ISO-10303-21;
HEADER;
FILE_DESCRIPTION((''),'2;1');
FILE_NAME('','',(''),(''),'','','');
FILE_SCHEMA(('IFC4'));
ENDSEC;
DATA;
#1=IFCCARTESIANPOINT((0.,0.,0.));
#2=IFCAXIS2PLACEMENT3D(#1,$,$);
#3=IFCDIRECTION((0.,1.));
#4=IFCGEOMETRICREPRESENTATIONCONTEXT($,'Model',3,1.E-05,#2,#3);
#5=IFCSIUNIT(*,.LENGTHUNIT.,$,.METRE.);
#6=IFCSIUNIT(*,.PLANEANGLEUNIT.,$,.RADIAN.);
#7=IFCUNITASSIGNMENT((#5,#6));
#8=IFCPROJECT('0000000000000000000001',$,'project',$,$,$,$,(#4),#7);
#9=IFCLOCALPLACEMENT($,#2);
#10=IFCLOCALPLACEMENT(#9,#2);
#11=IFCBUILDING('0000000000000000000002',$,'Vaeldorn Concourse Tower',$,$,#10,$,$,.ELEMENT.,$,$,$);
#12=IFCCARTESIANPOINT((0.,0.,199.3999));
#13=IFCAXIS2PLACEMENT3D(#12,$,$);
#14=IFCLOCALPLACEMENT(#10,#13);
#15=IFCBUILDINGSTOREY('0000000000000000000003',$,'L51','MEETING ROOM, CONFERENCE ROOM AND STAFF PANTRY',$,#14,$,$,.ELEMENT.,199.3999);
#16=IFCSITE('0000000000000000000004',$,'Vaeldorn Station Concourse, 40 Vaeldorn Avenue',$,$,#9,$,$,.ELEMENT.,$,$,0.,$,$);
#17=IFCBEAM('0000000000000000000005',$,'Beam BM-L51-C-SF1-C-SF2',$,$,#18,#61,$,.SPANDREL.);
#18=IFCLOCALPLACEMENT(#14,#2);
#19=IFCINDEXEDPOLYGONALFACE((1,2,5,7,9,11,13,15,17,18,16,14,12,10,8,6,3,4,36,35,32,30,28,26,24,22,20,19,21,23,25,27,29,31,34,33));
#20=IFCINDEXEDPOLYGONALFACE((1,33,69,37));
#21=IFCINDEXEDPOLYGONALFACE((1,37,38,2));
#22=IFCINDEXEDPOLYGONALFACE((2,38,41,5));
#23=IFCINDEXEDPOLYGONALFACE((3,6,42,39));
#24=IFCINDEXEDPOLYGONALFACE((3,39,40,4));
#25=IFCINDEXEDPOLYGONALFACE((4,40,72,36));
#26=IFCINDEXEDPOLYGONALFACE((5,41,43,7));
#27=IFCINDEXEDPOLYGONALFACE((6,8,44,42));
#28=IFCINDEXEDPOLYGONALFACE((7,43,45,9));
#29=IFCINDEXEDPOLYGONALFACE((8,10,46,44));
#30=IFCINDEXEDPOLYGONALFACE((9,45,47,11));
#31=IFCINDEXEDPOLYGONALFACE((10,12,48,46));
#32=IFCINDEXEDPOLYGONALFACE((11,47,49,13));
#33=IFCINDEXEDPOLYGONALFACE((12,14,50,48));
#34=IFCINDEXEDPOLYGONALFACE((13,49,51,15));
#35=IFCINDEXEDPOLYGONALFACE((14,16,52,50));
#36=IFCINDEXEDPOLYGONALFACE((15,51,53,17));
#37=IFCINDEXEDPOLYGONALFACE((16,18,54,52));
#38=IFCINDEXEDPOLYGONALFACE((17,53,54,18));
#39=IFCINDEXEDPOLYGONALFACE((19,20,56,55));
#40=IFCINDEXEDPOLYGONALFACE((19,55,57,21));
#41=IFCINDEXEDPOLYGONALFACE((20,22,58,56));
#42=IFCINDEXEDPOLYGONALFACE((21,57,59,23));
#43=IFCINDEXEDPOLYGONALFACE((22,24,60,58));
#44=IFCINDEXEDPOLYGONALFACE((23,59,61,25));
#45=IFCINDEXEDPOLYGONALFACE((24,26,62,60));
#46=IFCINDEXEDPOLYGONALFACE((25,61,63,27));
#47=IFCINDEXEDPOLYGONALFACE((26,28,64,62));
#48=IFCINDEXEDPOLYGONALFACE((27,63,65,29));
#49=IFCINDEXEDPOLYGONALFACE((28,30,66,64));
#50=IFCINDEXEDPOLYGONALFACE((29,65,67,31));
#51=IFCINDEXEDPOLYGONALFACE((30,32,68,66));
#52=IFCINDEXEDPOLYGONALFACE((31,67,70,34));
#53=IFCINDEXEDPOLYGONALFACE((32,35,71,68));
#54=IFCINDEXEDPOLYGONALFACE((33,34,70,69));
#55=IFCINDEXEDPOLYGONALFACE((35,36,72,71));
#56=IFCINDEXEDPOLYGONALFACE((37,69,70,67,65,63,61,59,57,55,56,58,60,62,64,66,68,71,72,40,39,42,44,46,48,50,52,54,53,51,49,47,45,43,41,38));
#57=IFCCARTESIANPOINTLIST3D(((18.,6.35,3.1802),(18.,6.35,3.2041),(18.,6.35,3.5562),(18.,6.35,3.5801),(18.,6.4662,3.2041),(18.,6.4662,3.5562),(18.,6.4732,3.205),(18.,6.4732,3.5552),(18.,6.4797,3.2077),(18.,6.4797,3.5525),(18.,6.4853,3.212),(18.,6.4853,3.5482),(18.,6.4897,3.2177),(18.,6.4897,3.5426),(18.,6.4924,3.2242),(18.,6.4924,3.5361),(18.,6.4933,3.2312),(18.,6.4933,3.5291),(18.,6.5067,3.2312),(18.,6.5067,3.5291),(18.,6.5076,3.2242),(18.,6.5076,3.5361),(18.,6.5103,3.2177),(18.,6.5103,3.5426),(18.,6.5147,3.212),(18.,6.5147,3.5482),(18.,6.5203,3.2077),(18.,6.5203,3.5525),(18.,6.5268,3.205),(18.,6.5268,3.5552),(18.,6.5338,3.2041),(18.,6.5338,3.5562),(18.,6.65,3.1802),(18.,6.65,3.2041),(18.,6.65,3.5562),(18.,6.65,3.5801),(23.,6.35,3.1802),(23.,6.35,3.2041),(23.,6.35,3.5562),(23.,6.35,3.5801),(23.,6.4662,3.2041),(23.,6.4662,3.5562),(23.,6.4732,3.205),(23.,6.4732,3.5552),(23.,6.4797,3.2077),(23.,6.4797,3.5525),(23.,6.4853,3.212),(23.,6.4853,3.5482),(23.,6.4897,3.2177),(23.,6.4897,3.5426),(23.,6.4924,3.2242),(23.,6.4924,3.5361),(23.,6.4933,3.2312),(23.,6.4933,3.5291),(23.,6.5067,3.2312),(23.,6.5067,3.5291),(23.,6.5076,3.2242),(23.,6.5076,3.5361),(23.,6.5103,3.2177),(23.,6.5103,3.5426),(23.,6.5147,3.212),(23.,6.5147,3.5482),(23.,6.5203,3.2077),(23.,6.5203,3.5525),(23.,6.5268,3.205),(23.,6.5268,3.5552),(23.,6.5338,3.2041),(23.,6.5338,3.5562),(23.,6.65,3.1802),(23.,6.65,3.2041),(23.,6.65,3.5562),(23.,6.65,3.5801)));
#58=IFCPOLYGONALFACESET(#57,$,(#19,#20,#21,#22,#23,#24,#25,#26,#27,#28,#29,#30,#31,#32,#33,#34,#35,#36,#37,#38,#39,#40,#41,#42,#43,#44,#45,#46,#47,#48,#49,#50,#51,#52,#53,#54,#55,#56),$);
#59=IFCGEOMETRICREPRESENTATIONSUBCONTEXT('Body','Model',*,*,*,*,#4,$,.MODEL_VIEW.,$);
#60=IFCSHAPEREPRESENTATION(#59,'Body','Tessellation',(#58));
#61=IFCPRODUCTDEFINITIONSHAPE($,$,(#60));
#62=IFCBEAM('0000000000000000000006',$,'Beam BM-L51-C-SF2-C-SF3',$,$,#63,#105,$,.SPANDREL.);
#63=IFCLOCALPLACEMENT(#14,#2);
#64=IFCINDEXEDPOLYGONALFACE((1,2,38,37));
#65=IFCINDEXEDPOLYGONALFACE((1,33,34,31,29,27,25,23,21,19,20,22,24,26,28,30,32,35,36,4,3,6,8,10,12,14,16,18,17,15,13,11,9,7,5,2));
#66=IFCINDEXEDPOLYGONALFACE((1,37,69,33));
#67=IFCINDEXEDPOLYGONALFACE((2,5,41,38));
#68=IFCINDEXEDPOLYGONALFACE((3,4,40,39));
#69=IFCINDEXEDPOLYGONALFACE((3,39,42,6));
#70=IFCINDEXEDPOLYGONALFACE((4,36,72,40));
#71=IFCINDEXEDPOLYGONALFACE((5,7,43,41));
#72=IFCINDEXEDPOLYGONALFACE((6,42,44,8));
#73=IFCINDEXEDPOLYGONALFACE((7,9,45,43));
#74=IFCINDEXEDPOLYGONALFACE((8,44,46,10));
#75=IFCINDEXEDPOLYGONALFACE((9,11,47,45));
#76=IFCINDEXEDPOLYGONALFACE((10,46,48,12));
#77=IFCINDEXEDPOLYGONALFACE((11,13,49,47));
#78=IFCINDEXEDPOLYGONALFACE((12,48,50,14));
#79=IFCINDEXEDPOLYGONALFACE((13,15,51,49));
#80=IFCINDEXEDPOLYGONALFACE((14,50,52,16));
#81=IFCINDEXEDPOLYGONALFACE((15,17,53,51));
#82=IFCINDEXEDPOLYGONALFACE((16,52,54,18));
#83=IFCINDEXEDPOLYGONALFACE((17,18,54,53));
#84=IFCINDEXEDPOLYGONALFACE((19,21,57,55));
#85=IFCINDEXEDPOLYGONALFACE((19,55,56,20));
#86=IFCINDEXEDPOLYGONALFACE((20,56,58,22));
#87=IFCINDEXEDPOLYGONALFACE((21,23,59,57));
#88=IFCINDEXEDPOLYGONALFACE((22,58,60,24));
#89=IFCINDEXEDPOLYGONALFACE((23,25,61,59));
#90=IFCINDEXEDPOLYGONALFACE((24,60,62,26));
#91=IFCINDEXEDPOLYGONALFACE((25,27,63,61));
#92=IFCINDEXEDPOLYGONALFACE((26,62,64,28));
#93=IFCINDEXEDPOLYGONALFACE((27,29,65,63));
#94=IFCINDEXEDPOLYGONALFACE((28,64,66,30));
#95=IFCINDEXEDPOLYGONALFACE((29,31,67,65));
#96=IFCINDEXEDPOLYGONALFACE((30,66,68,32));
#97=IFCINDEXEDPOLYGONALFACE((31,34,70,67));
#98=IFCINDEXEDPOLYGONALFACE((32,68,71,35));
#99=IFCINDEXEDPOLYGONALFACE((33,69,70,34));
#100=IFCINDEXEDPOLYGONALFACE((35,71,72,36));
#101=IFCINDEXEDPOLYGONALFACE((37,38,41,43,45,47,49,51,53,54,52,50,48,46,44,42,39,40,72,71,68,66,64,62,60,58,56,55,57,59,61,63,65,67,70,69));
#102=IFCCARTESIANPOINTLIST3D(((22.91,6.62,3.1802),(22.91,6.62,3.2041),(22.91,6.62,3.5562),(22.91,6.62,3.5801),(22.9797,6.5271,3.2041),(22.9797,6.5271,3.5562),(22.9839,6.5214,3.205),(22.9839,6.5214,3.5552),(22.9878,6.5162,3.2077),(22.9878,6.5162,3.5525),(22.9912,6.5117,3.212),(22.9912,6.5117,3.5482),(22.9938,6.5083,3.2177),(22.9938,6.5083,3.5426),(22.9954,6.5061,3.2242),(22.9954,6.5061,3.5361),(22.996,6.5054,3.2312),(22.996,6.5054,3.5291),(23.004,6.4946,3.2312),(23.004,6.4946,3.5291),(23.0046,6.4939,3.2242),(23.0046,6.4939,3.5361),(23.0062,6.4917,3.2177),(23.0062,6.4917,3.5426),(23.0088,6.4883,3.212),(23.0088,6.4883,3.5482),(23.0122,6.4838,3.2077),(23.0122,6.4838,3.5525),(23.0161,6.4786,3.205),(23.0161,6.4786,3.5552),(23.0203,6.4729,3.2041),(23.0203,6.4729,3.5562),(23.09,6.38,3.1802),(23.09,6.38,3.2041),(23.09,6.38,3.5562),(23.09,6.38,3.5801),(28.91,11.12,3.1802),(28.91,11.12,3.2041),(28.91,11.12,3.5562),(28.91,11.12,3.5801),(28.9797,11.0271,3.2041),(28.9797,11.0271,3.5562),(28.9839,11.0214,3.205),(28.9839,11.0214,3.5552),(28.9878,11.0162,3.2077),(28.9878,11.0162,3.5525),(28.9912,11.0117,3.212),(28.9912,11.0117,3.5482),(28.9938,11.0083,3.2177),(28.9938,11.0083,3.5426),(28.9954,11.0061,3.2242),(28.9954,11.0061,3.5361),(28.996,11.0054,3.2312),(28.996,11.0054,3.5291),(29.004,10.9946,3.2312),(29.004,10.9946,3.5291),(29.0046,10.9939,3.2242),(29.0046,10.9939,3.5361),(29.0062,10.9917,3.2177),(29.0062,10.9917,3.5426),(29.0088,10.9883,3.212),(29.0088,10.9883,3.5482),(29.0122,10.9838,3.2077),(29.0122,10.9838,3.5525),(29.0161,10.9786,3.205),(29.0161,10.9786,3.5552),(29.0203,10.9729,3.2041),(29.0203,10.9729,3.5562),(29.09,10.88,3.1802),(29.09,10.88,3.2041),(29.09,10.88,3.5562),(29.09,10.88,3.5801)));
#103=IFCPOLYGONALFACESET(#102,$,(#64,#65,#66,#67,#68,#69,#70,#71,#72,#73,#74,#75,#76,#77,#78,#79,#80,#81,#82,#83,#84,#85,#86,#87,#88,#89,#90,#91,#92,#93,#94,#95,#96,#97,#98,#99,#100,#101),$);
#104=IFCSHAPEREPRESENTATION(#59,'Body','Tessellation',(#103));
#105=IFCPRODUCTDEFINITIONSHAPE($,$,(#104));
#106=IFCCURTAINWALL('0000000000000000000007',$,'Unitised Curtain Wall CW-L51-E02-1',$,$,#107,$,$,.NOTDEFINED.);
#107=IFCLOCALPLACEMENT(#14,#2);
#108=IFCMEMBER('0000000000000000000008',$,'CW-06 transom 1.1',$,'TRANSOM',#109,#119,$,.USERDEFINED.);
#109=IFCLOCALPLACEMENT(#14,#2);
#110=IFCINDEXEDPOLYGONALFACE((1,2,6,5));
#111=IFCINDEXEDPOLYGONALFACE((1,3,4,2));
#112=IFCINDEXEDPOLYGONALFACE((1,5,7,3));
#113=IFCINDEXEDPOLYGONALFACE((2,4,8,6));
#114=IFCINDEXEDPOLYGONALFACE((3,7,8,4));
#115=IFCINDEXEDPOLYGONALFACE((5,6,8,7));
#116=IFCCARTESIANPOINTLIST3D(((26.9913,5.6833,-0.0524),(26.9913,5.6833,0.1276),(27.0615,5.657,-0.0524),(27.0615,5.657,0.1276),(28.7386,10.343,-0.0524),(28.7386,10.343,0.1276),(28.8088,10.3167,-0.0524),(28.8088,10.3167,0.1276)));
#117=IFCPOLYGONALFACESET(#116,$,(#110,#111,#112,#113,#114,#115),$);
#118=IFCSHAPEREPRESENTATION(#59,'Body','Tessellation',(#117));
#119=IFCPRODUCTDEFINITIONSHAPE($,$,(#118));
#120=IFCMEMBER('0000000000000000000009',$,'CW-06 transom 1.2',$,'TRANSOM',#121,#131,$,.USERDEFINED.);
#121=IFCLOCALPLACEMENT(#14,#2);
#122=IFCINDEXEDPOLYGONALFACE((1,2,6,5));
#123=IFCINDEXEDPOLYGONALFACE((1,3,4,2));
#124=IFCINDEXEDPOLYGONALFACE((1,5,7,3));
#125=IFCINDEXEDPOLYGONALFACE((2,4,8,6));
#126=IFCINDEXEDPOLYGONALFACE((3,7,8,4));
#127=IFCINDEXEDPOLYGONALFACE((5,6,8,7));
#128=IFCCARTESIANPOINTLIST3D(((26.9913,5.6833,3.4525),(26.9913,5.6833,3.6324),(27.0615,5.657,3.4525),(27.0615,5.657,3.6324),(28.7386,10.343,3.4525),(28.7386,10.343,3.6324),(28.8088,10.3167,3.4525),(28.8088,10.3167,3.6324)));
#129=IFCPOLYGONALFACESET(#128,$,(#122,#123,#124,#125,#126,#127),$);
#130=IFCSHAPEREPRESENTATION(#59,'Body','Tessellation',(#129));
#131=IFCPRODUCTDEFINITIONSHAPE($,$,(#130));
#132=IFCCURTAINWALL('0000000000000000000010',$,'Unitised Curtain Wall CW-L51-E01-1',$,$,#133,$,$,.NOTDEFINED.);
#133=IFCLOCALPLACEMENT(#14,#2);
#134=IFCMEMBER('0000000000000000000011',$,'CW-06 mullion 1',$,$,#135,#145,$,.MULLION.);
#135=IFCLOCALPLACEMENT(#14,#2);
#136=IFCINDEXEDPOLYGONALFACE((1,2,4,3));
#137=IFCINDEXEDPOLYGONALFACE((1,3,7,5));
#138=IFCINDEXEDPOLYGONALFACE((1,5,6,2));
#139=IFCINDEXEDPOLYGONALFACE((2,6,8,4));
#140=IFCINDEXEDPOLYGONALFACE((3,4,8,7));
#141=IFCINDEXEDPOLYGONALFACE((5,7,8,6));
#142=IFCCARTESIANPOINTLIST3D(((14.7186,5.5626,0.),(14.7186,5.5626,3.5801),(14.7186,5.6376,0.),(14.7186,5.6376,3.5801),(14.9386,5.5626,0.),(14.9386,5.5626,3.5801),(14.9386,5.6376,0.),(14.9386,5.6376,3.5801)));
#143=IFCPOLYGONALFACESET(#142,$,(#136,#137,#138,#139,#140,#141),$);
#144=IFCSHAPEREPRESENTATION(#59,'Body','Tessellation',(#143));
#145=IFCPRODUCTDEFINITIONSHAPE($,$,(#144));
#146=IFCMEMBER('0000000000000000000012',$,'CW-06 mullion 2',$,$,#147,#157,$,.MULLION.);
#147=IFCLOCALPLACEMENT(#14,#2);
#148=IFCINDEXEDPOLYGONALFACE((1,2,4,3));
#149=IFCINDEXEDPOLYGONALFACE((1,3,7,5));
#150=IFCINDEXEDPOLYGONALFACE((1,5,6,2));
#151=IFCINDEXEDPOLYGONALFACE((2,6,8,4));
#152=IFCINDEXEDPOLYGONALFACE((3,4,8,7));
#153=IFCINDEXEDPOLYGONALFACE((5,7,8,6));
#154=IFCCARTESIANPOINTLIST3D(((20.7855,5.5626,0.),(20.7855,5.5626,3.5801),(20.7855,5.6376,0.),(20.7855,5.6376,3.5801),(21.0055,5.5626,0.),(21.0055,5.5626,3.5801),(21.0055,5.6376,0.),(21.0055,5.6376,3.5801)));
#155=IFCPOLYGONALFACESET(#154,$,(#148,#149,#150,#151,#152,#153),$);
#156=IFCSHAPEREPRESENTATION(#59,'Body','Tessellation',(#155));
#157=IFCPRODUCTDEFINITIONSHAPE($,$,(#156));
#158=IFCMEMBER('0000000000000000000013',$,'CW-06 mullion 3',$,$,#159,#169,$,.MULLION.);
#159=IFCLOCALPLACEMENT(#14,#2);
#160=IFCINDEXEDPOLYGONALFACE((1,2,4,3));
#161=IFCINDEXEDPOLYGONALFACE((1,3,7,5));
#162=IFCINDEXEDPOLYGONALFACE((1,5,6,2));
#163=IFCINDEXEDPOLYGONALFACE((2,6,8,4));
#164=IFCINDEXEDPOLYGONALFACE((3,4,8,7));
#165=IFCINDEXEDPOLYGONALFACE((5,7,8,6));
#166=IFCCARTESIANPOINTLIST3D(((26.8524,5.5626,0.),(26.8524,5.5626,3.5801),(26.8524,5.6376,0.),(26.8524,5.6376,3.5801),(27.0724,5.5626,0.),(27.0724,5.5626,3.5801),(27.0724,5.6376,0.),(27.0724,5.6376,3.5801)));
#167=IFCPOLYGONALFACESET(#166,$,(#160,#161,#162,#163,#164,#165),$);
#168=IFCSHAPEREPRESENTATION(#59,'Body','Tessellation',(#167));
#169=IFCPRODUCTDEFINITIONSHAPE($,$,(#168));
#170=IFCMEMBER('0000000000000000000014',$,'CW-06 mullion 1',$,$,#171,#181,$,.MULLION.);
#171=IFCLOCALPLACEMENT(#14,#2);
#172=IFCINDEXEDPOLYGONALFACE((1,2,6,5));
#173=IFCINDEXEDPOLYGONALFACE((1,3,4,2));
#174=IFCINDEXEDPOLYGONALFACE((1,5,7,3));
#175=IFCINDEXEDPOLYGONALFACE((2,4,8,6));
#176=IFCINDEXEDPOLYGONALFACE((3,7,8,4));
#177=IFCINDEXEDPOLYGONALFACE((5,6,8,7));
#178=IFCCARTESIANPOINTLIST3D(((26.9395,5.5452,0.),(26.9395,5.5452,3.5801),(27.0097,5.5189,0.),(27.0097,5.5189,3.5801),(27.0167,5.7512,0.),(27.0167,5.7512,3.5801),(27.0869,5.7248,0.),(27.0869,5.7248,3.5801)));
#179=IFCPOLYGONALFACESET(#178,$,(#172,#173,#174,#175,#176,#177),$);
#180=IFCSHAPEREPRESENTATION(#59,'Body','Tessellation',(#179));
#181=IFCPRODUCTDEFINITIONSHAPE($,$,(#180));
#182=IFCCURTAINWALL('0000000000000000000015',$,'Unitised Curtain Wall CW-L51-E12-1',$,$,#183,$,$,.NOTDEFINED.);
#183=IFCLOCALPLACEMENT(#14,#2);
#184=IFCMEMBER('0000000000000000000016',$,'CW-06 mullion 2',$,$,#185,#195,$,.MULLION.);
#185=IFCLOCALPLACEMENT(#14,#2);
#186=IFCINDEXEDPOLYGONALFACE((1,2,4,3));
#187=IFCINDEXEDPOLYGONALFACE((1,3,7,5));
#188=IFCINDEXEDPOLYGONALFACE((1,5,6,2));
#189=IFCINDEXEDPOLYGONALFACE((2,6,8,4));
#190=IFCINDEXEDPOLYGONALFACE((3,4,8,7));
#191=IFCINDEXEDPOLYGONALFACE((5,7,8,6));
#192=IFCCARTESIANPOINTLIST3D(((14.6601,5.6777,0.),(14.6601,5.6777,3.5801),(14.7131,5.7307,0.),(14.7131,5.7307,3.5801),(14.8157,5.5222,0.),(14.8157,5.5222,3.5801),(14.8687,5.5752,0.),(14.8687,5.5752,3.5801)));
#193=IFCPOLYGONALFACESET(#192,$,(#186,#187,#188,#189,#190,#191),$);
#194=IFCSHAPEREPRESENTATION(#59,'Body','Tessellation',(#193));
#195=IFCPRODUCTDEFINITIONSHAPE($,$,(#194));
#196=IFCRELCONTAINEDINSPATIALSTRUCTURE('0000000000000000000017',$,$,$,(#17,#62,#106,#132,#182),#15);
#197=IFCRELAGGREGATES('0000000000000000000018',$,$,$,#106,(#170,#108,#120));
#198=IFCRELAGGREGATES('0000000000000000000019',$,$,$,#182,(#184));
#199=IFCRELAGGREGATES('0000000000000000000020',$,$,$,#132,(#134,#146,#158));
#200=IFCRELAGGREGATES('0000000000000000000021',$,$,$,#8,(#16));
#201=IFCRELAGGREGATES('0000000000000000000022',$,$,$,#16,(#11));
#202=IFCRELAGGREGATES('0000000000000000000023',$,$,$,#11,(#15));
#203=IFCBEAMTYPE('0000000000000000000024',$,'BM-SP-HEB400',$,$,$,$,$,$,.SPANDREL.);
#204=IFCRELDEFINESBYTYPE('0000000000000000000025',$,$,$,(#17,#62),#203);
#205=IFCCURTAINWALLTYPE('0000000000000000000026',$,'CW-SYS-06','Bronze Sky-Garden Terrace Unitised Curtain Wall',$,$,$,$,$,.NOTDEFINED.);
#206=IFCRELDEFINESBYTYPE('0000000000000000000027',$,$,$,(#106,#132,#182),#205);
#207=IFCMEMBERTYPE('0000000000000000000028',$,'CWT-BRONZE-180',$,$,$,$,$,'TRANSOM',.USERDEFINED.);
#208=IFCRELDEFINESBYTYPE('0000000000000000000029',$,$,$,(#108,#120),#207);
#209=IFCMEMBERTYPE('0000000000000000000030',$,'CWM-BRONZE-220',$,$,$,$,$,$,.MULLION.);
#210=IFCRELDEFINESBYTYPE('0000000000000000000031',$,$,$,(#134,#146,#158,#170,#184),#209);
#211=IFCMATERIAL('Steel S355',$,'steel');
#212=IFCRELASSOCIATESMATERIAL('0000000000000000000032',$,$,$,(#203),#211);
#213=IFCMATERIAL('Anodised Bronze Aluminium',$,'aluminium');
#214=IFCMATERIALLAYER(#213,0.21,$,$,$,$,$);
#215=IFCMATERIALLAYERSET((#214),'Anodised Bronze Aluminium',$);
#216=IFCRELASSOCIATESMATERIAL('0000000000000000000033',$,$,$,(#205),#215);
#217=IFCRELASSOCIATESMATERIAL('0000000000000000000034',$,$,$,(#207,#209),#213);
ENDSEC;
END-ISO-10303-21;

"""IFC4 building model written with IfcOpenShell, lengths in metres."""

from ifc_helpers import new_model, si_unit, direction, frame, origin, origin_2d, place, context, subcontext, project, spatial, rectangle, i_section, extrude, source, transform, mapped, material, layer, layer_set, material_profile, profile_set, type_object, element, aggregate, save


model = new_model("IFC4")

# Units and contexts
model_context = context("Model", 3, precision=1e-05, world=origin(), true_north=direction((0.0, 1.0)))
body_context = subcontext(model_context, "Body", "Model", "MODEL_VIEW")
ifc_project = project(units=[si_unit("LENGTHUNIT", "METRE"), si_unit("PLANEANGLEUNIT", "RADIAN")], contexts=[model_context])

# Site, building, storey
site_placement = place(None, origin())
site = spatial("IfcSite", under=ifc_project, at=site_placement, Name="Vaeldorn Station Concourse, 40 Vaeldorn Avenue", CompositionType="ELEMENT", RefElevation=0.0)
building_placement = place(site_placement, origin())
building = spatial("IfcBuilding", under=site, at=building_placement, Name="Vaeldorn Concourse Tower", CompositionType="ELEMENT")
storey_placement = place(building_placement, frame((0.0, 0.0, 199.3999)))
storey = spatial("IfcBuildingStorey", under=building, at=storey_placement, Name="L51", Description="MEETING ROOM, CONFERENCE ROOM AND STAFF PANTRY", CompositionType="ELEMENT", Elevation=199.3999)

# Shared definitions
ifc_material_1 = material(Name="Steel S355", Category="steel")

# Beams
ifc_material_profile_1 = material_profile(ifc_material_1, i_section(OverallWidth=0.3, OverallDepth=0.3999, WebThickness=0.0134, FlangeThickness=0.0239, FilletRadius=0.0271, at=origin_2d()), Name="HEB 400")
ifc_profile_set_1 = profile_set([ifc_material_profile_1], Name="Steel S355")
beam_type_1 = type_object("IfcBeamType", Name="BM-SP-HEB400", PredefinedType="SPANDREL", material=ifc_profile_set_1)
shared_shape_1 = source(origin(), body_context, "Body", "SweptSolid", [
    extrude(i_section(OverallWidth=0.3, OverallDepth=0.3999, WebThickness=0.0134, FlangeThickness=0.0239, FilletRadius=0.0271, at=origin_2d()), origin(), (0.0, 0.0, 1.0), 5.0),
])
beam_1_placement = place(storey_placement, frame((18.0, 6.5, 3.3801), z_axis=(1.0, 0.0, 0.0), x_axis=(0.0, 1.0, 0.0)))
element("IfcBeam", 1, at=beam_1_placement, inside=storey, type_object=beam_type_1, Name="Beam BM-L51-C-SF1-C-SF2", PredefinedType="SPANDREL", context=body_context, shape_type="MappedRepresentation", body=[
    mapped(shared_shape_1, transform((0.0, 0.0, 0.0), scale=1.0)),
])
shared_shape_2 = source(origin(), body_context, "Body", "SweptSolid", [
    extrude(i_section(OverallWidth=0.3, OverallDepth=0.3999, WebThickness=0.0134, FlangeThickness=0.0239, FilletRadius=0.0271, at=origin_2d()), origin(), (0.0, 0.0, 1.0), 7.5),
])
beam_2_placement = place(storey_placement, frame((23.0, 6.5, 3.3801), z_axis=(0.8, 0.6, 0.0), x_axis=(-0.6, 0.8, 0.0)))
element("IfcBeam", 2, at=beam_2_placement, inside=storey, type_object=beam_type_1, Name="Beam BM-L51-C-SF2-C-SF3", PredefinedType="SPANDREL", context=body_context, shape_type="MappedRepresentation", body=[
    mapped(shared_shape_2, transform((0.0, 0.0, 0.0), scale=1.0)),
])

# Curtain walls, members
ifc_material_2 = material(Name="Anodised Bronze Aluminium", Category="aluminium")
ifc_layer_1 = layer(ifc_material_2, 0.21)
ifc_layer_set_1 = layer_set([ifc_layer_1], Name="Anodised Bronze Aluminium")
curtain_wall_type = type_object("IfcCurtainWallType", Name="CW-SYS-06", Description="Bronze Sky-Garden Terrace Unitised Curtain Wall", PredefinedType="NOTDEFINED", material=ifc_layer_set_1)
curtain_wall_1_placement = place(storey_placement, origin())
curtain_wall_1 = element("IfcCurtainWall", 3, at=curtain_wall_1_placement, inside=storey, type_object=curtain_wall_type, Name="Unitised Curtain Wall CW-L51-E02-1", PredefinedType="NOTDEFINED")
ifc_material_profile_2 = material_profile(ifc_material_2, rectangle(XDim=0.075, YDim=0.1799, at=origin_2d()), Name="CWT 75x180")
ifc_profile_set_2 = profile_set([ifc_material_profile_2], Name="Anodised Bronze Aluminium")
member_type_1 = type_object("IfcMemberType", Name="CWT-BRONZE-180", ElementType="TRANSOM", PredefinedType="USERDEFINED", material=ifc_profile_set_2)
shared_shape_3 = source(origin(), body_context, "Body", "SweptSolid", [
    extrude(rectangle(XDim=0.075, YDim=0.1799, at=origin_2d()), origin(), (0.0, 0.0, 1.0), 4.9766),
])
member_1_placement = place(storey_placement, frame((27.0264, 5.6702, 0.0376), z_axis=(0.351113, 0.936333, 0.0), x_axis=(-0.936333, 0.351113, 0.0)))
member_1 = element("IfcMember", 4, at=member_1_placement, type_object=member_type_1, Name="CW-06 transom 1.1", ObjectType="TRANSOM", PredefinedType="USERDEFINED", context=body_context, shape_type="MappedRepresentation", body=[
    mapped(shared_shape_3, transform((0.0, 0.0, 0.0), scale=1.0)),
])
member_2_placement = place(storey_placement, frame((27.0264, 5.6702, 3.5425), z_axis=(0.351113, 0.936333, 0.0), x_axis=(-0.936333, 0.351113, 0.0)))
member_2 = element("IfcMember", 5, at=member_2_placement, type_object=member_type_1, Name="CW-06 transom 1.2", ObjectType="TRANSOM", PredefinedType="USERDEFINED", context=body_context, shape_type="MappedRepresentation", body=[
    mapped(shared_shape_3, transform((0.0, 0.0, 0.0), scale=1.0)),
])
curtain_wall_2_placement = place(storey_placement, origin())
curtain_wall_2 = element("IfcCurtainWall", 6, at=curtain_wall_2_placement, inside=storey, type_object=curtain_wall_type, Name="Unitised Curtain Wall CW-L51-E01-1", PredefinedType="NOTDEFINED")
ifc_material_profile_3 = material_profile(ifc_material_2, rectangle(XDim=0.075, YDim=0.22, at=origin_2d()), Name="CWM 75x220")
ifc_profile_set_3 = profile_set([ifc_material_profile_3], Name="Anodised Bronze Aluminium")
member_type_2 = type_object("IfcMemberType", Name="CWM-BRONZE-220", PredefinedType="MULLION", material=ifc_profile_set_3)
shared_shape_4 = source(origin(), body_context, "Body", "SweptSolid", [
    extrude(rectangle(XDim=0.075, YDim=0.22, at=origin_2d()), origin(), (0.0, 0.0, 1.0), 3.5801),
])
member_3_placement = place(storey_placement, frame((14.8286, 5.6001, 0.0), z_axis=(0.0, 0.0, 1.0), x_axis=(0.0, 1.0, 0.0)))
member_3 = element("IfcMember", 7, at=member_3_placement, type_object=member_type_2, Name="CW-06 mullion 1", PredefinedType="MULLION", context=body_context, shape_type="MappedRepresentation", body=[
    mapped(shared_shape_4, transform((0.0, 0.0, 0.0), scale=1.0)),
])
member_4_placement = place(storey_placement, frame((20.8955, 5.6001, 0.0), z_axis=(0.0, 0.0, 1.0), x_axis=(0.0, 1.0, 0.0)))
member_4 = element("IfcMember", 8, at=member_4_placement, type_object=member_type_2, Name="CW-06 mullion 2", PredefinedType="MULLION", context=body_context, shape_type="MappedRepresentation", body=[
    mapped(shared_shape_4, transform((0.0, 0.0, 0.0), scale=1.0)),
])
member_5_placement = place(storey_placement, frame((26.9624, 5.6001, 0.0), z_axis=(0.0, 0.0, 1.0), x_axis=(0.0, 1.0, 0.0)))
member_5 = element("IfcMember", 9, at=member_5_placement, type_object=member_type_2, Name="CW-06 mullion 3", PredefinedType="MULLION", context=body_context, shape_type="MappedRepresentation", body=[
    mapped(shared_shape_4, transform((0.0, 0.0, 0.0), scale=1.0)),
])

# Member
member_6_placement = place(storey_placement, frame((27.0132, 5.635, 0.0), z_axis=(0.0, 0.0, 1.0), x_axis=(-0.936329, 0.351123, 0.0)))
member_6 = element("IfcMember", 10, at=member_6_placement, type_object=member_type_2, Name="CW-06 mullion 1", PredefinedType="MULLION", context=body_context, shape_type="MappedRepresentation", body=[
    mapped(shared_shape_4, transform((0.0, 0.0, 0.0), scale=1.0)),
])
aggregate(curtain_wall_1, [member_6, member_1, member_2])

# Curtain wall, member
curtain_wall_3_placement = place(storey_placement, origin())
curtain_wall_3 = element("IfcCurtainWall", 11, at=curtain_wall_3_placement, inside=storey, type_object=curtain_wall_type, Name="Unitised Curtain Wall CW-L51-E12-1", PredefinedType="NOTDEFINED")
member_7_placement = place(storey_placement, frame((14.7644, 5.6265, 0.0), z_axis=(0.0, 0.0, 1.0), x_axis=(0.707107, 0.707107, 0.0)))
member_7 = element("IfcMember", 12, at=member_7_placement, type_object=member_type_2, Name="CW-06 mullion 2", PredefinedType="MULLION", context=body_context, shape_type="MappedRepresentation", body=[
    mapped(shared_shape_4, transform((0.0, 0.0, 0.0), scale=1.0)),
])

aggregate(curtain_wall_3, [member_7])
aggregate(curtain_wall_2, [member_3, member_4, member_5])

save(model, "model.ifc")
